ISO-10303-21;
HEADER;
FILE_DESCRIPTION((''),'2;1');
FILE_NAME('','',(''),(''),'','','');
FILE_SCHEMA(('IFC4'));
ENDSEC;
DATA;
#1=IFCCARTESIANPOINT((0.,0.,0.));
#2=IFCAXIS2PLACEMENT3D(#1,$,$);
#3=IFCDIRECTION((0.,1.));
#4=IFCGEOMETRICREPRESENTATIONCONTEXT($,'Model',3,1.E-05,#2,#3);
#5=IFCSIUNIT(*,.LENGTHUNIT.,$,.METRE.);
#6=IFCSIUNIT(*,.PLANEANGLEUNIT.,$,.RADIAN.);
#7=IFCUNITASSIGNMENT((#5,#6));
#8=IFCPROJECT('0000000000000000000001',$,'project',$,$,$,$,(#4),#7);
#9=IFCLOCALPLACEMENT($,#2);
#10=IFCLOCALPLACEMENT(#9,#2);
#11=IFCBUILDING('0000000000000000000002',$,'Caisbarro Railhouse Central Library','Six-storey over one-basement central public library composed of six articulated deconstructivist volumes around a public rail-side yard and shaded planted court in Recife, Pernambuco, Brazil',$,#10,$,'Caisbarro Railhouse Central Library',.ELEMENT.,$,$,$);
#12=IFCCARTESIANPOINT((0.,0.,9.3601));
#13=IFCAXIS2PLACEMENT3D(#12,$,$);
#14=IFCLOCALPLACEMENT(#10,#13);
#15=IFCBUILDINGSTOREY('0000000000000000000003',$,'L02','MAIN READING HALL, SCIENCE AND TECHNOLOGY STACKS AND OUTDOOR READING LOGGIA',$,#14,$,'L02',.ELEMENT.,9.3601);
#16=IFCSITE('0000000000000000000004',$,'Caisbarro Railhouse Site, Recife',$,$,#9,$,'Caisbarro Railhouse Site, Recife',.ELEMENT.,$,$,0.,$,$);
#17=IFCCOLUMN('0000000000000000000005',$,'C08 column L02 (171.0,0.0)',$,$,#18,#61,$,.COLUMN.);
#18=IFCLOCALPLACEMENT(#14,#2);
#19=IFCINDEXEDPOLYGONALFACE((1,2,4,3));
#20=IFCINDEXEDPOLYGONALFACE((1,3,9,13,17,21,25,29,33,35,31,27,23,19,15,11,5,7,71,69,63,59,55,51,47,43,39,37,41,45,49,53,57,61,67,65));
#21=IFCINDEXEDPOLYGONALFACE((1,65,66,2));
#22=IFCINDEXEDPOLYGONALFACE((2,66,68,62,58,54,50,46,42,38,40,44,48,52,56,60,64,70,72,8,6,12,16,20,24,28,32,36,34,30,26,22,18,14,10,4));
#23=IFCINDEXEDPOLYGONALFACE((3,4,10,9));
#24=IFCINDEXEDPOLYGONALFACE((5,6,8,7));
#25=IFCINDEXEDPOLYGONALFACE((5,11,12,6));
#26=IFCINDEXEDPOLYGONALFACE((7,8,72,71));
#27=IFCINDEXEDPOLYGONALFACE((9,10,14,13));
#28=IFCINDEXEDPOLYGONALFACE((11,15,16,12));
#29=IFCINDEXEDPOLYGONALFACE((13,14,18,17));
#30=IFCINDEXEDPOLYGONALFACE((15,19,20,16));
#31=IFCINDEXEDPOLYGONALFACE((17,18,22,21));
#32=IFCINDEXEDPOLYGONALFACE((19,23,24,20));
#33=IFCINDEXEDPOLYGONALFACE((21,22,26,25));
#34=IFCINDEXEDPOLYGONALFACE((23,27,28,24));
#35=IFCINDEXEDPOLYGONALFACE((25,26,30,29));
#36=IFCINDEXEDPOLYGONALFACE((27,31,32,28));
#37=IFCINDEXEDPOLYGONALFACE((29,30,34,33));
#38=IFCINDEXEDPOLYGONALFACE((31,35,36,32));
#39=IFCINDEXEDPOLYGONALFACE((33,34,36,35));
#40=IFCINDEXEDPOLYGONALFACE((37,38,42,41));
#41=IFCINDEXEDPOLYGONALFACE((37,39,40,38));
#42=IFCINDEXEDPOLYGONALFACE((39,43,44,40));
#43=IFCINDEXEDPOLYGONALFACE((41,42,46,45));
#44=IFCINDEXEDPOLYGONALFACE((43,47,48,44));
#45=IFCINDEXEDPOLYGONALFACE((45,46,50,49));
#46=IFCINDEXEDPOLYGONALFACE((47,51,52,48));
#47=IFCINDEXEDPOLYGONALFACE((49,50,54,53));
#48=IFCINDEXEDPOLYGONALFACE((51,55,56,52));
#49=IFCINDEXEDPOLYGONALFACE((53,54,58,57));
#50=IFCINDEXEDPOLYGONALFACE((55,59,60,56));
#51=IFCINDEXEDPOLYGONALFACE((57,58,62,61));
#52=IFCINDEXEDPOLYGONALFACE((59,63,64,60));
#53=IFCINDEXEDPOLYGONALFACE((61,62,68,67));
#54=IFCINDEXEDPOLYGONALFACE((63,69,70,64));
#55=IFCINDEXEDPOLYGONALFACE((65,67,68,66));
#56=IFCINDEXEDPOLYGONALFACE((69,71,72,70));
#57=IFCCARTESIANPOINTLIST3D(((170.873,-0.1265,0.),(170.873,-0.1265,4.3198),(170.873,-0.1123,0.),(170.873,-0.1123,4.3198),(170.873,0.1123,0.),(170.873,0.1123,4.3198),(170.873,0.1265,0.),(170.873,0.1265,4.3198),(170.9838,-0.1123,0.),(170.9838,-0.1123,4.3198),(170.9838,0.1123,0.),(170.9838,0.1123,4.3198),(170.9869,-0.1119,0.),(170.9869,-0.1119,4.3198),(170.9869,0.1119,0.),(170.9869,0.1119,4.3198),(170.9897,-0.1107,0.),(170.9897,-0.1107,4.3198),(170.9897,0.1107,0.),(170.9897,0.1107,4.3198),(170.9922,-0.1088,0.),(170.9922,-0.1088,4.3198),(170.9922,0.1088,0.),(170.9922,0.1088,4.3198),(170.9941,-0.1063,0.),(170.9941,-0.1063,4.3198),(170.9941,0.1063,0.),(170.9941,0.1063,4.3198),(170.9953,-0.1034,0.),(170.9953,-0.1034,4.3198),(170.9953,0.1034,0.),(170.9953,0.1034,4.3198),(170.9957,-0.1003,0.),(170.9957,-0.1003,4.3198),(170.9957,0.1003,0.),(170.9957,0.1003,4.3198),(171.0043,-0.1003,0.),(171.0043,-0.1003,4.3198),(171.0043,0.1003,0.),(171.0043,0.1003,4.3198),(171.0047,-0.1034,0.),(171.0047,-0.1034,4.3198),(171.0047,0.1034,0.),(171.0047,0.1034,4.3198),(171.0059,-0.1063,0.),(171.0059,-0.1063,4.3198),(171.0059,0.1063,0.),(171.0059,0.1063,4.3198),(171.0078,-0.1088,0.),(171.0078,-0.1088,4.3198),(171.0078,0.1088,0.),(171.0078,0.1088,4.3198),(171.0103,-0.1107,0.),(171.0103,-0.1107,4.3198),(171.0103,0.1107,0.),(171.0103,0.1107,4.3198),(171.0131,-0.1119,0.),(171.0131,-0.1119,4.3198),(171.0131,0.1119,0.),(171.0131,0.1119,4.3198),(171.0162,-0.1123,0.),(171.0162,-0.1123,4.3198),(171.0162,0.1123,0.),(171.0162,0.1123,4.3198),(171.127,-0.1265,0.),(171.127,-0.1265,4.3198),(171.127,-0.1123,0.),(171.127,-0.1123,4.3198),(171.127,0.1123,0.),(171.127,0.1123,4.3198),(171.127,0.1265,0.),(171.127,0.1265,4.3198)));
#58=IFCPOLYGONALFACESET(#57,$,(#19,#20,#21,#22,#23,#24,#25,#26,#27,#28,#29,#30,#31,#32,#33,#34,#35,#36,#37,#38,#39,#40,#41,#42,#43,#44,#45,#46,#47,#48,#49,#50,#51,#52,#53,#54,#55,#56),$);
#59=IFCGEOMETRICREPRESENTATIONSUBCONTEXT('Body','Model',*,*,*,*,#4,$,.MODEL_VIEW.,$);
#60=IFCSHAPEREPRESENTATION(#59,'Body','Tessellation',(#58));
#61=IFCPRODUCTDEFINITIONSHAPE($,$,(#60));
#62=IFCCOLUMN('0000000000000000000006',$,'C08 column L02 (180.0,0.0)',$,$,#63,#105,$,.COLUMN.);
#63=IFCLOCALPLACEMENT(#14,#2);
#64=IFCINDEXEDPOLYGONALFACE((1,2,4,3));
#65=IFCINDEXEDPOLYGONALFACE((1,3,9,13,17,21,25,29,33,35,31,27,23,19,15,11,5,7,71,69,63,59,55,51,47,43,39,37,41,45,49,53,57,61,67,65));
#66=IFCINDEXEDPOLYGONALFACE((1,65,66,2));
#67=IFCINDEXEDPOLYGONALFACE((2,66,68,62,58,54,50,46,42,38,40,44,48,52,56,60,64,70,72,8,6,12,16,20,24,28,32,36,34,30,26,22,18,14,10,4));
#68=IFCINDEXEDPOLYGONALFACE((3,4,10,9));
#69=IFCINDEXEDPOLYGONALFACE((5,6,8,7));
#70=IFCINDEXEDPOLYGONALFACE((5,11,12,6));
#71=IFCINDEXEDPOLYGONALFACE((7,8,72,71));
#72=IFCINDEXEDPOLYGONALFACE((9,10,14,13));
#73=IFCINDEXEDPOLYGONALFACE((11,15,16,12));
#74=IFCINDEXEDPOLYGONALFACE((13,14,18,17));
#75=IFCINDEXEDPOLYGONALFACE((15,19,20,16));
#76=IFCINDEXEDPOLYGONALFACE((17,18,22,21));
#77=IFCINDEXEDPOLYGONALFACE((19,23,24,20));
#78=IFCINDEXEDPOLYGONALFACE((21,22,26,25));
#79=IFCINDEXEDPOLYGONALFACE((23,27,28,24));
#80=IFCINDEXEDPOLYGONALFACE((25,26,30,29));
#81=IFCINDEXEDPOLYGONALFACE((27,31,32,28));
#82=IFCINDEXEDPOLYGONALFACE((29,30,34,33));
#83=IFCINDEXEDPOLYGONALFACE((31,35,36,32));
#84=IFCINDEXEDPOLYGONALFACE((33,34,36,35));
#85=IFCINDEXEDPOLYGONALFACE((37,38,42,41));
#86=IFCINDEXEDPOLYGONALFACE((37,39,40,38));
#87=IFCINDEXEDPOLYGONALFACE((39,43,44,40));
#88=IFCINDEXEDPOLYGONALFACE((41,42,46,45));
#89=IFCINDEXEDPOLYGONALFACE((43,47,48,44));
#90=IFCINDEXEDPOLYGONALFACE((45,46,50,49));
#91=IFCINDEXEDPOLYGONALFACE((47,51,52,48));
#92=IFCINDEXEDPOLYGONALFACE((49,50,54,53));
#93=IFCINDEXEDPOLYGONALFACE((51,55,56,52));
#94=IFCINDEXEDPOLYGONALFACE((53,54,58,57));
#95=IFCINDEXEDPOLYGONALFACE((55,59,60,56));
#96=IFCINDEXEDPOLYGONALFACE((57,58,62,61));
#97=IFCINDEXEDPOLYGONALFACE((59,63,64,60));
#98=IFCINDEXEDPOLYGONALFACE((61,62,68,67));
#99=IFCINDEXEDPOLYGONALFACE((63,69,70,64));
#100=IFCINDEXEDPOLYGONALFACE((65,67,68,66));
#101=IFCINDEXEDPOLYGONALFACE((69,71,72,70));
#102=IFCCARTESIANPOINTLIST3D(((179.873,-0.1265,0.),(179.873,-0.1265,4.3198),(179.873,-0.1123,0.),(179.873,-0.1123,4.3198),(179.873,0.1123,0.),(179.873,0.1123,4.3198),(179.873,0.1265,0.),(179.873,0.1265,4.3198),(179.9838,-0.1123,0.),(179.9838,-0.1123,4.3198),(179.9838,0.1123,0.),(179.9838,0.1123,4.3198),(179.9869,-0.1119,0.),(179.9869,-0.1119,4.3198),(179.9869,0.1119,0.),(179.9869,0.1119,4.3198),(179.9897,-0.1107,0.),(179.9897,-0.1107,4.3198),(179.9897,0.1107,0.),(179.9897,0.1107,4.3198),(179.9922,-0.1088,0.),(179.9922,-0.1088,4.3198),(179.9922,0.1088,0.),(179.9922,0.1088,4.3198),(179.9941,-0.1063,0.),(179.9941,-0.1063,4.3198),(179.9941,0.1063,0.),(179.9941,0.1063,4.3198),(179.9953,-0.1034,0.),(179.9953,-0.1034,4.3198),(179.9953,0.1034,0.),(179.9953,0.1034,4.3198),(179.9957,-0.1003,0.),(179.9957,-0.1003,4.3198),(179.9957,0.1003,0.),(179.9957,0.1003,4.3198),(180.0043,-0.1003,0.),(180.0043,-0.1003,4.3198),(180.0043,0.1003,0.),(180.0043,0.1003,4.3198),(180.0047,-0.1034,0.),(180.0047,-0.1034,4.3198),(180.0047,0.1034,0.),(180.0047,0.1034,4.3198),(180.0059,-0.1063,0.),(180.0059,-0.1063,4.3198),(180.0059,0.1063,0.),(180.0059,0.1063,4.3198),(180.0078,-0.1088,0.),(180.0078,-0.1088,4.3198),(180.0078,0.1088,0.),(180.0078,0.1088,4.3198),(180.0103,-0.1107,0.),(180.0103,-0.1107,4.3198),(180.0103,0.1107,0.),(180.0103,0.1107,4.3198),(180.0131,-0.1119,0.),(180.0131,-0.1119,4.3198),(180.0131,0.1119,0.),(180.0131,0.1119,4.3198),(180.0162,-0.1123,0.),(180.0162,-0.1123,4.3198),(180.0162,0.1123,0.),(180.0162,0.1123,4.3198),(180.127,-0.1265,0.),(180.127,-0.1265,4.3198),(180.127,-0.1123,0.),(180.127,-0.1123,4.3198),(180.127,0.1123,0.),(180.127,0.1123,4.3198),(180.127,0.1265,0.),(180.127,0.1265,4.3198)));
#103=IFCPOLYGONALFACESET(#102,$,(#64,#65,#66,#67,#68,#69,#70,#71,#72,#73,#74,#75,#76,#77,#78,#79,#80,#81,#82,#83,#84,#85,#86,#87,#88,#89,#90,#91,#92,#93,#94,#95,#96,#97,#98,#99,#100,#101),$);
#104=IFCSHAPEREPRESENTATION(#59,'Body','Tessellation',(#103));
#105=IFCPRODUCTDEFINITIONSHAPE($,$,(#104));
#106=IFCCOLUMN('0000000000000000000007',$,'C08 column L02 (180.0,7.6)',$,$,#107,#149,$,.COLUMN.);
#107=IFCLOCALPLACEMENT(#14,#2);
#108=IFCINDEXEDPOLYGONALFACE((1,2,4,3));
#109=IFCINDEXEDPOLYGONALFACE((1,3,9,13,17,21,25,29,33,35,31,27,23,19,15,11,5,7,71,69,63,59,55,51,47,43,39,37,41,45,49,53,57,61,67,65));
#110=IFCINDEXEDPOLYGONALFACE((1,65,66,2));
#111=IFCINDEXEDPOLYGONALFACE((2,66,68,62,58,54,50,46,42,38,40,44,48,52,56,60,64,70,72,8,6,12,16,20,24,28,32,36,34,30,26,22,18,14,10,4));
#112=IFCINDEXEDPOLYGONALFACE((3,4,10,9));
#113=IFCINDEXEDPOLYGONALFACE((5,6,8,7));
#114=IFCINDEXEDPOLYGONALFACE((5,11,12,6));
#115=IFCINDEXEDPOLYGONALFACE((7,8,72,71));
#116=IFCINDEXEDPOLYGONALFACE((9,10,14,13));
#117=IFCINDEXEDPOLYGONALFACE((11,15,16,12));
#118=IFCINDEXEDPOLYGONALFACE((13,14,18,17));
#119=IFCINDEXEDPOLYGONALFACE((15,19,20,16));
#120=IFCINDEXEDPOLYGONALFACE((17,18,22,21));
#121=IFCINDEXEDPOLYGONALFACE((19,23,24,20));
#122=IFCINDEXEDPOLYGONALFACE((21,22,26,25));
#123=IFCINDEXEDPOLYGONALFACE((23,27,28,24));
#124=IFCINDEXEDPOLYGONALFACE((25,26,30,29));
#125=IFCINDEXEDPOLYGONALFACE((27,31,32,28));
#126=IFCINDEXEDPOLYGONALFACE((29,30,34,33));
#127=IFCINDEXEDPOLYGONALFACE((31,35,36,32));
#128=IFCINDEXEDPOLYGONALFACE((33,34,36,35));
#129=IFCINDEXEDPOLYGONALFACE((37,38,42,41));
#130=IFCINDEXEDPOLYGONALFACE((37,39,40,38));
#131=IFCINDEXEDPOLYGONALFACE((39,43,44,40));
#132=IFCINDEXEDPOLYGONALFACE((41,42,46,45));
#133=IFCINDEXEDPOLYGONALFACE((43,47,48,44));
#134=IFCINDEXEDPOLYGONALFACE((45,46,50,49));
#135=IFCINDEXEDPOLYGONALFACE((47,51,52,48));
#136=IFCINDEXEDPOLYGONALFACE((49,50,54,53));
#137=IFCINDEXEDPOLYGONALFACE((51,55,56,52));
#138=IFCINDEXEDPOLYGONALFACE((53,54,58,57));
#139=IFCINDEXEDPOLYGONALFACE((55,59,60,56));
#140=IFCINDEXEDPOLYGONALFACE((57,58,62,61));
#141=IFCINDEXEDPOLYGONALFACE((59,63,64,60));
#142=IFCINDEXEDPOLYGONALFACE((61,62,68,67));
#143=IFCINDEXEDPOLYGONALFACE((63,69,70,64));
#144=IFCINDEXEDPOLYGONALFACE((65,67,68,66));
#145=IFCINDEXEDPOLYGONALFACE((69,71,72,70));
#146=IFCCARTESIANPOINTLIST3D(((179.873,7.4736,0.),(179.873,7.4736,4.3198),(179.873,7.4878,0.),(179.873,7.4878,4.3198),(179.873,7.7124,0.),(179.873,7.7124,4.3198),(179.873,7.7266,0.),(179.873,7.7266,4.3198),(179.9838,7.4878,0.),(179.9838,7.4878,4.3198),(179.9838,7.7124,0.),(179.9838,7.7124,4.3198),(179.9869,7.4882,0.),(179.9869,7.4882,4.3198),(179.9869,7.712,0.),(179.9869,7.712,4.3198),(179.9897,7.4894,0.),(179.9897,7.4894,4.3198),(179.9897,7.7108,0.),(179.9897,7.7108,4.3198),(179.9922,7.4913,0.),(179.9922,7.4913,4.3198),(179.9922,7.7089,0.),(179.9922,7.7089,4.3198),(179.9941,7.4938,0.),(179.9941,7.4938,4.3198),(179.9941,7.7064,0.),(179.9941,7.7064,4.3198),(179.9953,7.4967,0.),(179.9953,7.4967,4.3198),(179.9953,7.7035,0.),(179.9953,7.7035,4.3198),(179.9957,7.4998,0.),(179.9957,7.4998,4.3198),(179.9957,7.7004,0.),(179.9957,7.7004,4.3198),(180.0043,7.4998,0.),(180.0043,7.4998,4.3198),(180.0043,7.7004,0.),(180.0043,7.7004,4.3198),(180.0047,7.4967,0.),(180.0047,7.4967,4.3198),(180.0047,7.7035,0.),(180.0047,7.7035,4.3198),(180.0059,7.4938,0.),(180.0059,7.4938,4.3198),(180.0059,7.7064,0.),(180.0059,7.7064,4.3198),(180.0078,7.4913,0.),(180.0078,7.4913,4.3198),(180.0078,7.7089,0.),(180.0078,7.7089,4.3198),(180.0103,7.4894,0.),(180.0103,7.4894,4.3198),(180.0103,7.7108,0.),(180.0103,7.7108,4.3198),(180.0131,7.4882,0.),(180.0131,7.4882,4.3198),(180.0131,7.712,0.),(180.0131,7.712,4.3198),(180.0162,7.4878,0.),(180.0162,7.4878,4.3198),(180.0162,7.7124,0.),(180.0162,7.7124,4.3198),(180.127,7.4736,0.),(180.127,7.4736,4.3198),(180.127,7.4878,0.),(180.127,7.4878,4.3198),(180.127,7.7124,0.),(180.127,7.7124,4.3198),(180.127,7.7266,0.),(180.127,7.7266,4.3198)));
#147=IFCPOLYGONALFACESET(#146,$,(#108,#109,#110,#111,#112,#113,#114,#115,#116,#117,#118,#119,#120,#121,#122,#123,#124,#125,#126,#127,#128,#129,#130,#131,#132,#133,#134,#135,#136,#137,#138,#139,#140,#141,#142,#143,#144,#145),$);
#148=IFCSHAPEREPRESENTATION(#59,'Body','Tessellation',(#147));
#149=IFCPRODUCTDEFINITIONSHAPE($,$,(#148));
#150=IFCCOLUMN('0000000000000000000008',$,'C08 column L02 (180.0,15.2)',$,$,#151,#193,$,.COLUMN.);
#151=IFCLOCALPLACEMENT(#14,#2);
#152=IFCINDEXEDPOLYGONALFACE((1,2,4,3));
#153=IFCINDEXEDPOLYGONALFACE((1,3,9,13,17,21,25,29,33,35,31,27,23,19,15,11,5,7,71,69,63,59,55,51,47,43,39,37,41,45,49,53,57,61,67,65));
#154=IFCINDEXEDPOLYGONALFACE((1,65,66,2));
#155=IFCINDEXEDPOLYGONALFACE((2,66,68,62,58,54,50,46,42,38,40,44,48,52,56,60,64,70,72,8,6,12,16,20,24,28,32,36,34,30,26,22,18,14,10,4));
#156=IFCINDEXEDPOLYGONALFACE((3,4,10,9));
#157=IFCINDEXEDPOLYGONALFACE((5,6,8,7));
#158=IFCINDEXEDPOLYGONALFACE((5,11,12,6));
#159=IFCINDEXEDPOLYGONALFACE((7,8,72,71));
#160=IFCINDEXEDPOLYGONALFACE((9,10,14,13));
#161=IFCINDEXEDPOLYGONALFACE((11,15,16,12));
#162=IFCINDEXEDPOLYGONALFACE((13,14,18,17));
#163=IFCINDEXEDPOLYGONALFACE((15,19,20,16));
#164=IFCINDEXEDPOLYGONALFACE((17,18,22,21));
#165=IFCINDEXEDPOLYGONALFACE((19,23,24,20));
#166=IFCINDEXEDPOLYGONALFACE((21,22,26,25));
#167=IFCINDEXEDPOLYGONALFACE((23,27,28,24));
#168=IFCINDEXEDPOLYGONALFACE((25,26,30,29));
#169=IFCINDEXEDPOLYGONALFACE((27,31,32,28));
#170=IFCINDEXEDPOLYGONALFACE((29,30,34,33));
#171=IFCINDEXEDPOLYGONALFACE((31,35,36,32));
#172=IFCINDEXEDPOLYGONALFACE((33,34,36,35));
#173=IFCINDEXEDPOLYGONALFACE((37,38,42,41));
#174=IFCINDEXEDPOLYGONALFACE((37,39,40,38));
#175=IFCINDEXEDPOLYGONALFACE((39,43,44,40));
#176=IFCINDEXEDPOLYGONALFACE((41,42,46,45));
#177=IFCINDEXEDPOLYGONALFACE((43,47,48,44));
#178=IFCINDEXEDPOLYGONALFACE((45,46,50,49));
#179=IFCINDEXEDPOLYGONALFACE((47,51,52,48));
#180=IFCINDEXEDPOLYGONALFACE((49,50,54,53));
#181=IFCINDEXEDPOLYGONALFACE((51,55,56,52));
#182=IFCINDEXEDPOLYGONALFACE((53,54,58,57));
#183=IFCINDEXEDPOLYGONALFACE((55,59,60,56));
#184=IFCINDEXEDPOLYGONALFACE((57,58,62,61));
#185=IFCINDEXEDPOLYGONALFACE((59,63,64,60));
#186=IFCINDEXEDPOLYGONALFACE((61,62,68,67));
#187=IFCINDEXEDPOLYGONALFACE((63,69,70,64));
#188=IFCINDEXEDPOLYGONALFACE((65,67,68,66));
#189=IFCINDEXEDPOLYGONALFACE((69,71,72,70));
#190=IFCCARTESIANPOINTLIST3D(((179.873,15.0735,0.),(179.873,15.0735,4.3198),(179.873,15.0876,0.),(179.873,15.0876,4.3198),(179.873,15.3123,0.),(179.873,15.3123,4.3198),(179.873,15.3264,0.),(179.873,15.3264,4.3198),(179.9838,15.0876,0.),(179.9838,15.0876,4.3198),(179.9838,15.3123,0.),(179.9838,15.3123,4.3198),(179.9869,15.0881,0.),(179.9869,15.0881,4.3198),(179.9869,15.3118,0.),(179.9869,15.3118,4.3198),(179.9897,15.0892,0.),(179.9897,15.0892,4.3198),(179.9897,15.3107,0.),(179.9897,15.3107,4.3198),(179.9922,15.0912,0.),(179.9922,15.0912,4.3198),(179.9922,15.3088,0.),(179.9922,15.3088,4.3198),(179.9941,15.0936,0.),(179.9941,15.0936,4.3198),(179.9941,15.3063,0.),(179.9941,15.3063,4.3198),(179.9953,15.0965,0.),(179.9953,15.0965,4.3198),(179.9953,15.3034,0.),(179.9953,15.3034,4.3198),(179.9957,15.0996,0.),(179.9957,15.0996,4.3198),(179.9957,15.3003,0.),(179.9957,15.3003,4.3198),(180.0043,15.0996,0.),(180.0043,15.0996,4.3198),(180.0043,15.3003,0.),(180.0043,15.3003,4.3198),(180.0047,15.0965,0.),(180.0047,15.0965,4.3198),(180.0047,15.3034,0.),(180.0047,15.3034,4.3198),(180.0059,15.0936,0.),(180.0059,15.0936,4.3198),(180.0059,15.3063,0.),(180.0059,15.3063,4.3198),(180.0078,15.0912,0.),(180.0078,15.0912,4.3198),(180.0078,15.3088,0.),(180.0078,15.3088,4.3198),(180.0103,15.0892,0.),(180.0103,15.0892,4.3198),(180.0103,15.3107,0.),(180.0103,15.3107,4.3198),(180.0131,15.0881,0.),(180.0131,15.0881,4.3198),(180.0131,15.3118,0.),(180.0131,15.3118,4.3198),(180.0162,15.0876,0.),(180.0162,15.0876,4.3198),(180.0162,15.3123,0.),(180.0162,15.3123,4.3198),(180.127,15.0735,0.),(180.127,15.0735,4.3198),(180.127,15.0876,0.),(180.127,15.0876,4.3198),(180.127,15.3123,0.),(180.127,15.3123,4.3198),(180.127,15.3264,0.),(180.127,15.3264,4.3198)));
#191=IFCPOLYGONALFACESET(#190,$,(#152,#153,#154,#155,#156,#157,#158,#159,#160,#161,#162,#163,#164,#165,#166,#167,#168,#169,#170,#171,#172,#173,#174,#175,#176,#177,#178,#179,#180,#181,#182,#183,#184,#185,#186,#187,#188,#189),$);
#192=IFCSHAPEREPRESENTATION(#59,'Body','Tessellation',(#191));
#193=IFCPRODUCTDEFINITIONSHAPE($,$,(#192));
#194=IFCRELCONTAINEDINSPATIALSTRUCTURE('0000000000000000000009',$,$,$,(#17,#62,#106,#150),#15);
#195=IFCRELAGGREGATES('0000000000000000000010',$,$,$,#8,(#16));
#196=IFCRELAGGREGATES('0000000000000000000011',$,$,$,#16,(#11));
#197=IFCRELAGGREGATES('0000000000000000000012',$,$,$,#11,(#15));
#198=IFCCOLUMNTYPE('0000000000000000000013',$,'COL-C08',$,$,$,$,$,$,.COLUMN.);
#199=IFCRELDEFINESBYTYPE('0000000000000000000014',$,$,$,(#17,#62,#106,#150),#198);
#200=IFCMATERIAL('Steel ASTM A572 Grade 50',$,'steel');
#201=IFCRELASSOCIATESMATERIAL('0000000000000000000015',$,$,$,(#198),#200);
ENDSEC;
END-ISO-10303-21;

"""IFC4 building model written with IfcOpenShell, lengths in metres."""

from ifc_helpers import new_model, si_unit, direction, frame, origin, origin_2d, place, context, subcontext, project, spatial, i_section, extrude, material, material_profile, profile_set, type_object, element, save


model = new_model("IFC4")

# Units and contexts
model_context = context("Model", 3, precision=1e-05, world=origin(), true_north=direction((0.0, 1.0)))
body_context = subcontext(model_context, "Body", "Model", "MODEL_VIEW")
ifc_project = project(units=[si_unit("LENGTHUNIT", "METRE"), si_unit("PLANEANGLEUNIT", "RADIAN")], contexts=[model_context])

# Site, building, storey
site_placement = place(None, origin())
site = spatial("IfcSite", under=ifc_project, at=site_placement, Name="Caisbarro Railhouse Site, Recife", LongName="Caisbarro Railhouse Site, Recife", CompositionType="ELEMENT", RefElevation=0.0)
building_placement = place(site_placement, origin())
building = spatial("IfcBuilding", under=site, at=building_placement, Name="Caisbarro Railhouse Central Library", Description="Six-storey over one-basement central public library composed of six articulated deconstructivist volumes around a public rail-side yard and shaded planted court in Recife, Pernambuco, Brazil", LongName="Caisbarro Railhouse Central Library", CompositionType="ELEMENT")
storey_placement = place(building_placement, frame((0.0, 0.0, 9.3601)))
storey = spatial("IfcBuildingStorey", under=building, at=storey_placement, Name="L02", Description="MAIN READING HALL, SCIENCE AND TECHNOLOGY STACKS AND OUTDOOR READING LOGGIA", LongName="L02", CompositionType="ELEMENT", Elevation=9.3601)

# Columns
ifc_material_1 = material(Name="Steel ASTM A572 Grade 50", Category="steel")
ifc_material_profile_1 = material_profile(ifc_material_1, i_section(OverallWidth=0.2539, OverallDepth=0.2529, WebThickness=0.0085, FlangeThickness=0.0142, FilletRadius=0.012, at=origin_2d()), Name="W250X73.0")
ifc_profile_set_1 = profile_set([ifc_material_profile_1], Name="Steel ASTM A572 Grade 50")
column_type = type_object("IfcColumnType", Name="COL-C08", PredefinedType="COLUMN", material=ifc_profile_set_1)
for number, where, z_axis, x_axis, name in (
    (1, (171.0, 0.0, 0.0), (0.0, 0.0, 1.0), (1.0, 0.0, 0.0), "C08 column L02 (171.0,0.0)"),
    (2, (180.0, 0.0, 0.0), (0.0, 0.0, 1.0), (1.0, 0.0, 0.0), "C08 column L02 (180.0,0.0)"),
    (3, (180.0, 7.6001, 0.0), (0.0, 0.0, 1.0), (1.0, 0.0, 0.0), "C08 column L02 (180.0,7.6)"),
    (4, (180.0, 15.2, 0.0), (0.0, 0.0, 1.0), (1.0, 0.0, 0.0), "C08 column L02 (180.0,15.2)"),
):
    element("IfcColumn", number, at=place(storey_placement, frame(where, z_axis=z_axis, x_axis=x_axis)), inside=storey, type_object=column_type, Name=name, PredefinedType="COLUMN", context=body_context, shape_type="SweptSolid", body=[
        extrude(i_section(OverallWidth=0.2539, OverallDepth=0.2529, WebThickness=0.0085, FlangeThickness=0.0142, FilletRadius=0.012, at=origin_2d()), origin(), (0.0, 0.0, 1.0), 4.3198),
    ])

save(model, "model.ifc")
